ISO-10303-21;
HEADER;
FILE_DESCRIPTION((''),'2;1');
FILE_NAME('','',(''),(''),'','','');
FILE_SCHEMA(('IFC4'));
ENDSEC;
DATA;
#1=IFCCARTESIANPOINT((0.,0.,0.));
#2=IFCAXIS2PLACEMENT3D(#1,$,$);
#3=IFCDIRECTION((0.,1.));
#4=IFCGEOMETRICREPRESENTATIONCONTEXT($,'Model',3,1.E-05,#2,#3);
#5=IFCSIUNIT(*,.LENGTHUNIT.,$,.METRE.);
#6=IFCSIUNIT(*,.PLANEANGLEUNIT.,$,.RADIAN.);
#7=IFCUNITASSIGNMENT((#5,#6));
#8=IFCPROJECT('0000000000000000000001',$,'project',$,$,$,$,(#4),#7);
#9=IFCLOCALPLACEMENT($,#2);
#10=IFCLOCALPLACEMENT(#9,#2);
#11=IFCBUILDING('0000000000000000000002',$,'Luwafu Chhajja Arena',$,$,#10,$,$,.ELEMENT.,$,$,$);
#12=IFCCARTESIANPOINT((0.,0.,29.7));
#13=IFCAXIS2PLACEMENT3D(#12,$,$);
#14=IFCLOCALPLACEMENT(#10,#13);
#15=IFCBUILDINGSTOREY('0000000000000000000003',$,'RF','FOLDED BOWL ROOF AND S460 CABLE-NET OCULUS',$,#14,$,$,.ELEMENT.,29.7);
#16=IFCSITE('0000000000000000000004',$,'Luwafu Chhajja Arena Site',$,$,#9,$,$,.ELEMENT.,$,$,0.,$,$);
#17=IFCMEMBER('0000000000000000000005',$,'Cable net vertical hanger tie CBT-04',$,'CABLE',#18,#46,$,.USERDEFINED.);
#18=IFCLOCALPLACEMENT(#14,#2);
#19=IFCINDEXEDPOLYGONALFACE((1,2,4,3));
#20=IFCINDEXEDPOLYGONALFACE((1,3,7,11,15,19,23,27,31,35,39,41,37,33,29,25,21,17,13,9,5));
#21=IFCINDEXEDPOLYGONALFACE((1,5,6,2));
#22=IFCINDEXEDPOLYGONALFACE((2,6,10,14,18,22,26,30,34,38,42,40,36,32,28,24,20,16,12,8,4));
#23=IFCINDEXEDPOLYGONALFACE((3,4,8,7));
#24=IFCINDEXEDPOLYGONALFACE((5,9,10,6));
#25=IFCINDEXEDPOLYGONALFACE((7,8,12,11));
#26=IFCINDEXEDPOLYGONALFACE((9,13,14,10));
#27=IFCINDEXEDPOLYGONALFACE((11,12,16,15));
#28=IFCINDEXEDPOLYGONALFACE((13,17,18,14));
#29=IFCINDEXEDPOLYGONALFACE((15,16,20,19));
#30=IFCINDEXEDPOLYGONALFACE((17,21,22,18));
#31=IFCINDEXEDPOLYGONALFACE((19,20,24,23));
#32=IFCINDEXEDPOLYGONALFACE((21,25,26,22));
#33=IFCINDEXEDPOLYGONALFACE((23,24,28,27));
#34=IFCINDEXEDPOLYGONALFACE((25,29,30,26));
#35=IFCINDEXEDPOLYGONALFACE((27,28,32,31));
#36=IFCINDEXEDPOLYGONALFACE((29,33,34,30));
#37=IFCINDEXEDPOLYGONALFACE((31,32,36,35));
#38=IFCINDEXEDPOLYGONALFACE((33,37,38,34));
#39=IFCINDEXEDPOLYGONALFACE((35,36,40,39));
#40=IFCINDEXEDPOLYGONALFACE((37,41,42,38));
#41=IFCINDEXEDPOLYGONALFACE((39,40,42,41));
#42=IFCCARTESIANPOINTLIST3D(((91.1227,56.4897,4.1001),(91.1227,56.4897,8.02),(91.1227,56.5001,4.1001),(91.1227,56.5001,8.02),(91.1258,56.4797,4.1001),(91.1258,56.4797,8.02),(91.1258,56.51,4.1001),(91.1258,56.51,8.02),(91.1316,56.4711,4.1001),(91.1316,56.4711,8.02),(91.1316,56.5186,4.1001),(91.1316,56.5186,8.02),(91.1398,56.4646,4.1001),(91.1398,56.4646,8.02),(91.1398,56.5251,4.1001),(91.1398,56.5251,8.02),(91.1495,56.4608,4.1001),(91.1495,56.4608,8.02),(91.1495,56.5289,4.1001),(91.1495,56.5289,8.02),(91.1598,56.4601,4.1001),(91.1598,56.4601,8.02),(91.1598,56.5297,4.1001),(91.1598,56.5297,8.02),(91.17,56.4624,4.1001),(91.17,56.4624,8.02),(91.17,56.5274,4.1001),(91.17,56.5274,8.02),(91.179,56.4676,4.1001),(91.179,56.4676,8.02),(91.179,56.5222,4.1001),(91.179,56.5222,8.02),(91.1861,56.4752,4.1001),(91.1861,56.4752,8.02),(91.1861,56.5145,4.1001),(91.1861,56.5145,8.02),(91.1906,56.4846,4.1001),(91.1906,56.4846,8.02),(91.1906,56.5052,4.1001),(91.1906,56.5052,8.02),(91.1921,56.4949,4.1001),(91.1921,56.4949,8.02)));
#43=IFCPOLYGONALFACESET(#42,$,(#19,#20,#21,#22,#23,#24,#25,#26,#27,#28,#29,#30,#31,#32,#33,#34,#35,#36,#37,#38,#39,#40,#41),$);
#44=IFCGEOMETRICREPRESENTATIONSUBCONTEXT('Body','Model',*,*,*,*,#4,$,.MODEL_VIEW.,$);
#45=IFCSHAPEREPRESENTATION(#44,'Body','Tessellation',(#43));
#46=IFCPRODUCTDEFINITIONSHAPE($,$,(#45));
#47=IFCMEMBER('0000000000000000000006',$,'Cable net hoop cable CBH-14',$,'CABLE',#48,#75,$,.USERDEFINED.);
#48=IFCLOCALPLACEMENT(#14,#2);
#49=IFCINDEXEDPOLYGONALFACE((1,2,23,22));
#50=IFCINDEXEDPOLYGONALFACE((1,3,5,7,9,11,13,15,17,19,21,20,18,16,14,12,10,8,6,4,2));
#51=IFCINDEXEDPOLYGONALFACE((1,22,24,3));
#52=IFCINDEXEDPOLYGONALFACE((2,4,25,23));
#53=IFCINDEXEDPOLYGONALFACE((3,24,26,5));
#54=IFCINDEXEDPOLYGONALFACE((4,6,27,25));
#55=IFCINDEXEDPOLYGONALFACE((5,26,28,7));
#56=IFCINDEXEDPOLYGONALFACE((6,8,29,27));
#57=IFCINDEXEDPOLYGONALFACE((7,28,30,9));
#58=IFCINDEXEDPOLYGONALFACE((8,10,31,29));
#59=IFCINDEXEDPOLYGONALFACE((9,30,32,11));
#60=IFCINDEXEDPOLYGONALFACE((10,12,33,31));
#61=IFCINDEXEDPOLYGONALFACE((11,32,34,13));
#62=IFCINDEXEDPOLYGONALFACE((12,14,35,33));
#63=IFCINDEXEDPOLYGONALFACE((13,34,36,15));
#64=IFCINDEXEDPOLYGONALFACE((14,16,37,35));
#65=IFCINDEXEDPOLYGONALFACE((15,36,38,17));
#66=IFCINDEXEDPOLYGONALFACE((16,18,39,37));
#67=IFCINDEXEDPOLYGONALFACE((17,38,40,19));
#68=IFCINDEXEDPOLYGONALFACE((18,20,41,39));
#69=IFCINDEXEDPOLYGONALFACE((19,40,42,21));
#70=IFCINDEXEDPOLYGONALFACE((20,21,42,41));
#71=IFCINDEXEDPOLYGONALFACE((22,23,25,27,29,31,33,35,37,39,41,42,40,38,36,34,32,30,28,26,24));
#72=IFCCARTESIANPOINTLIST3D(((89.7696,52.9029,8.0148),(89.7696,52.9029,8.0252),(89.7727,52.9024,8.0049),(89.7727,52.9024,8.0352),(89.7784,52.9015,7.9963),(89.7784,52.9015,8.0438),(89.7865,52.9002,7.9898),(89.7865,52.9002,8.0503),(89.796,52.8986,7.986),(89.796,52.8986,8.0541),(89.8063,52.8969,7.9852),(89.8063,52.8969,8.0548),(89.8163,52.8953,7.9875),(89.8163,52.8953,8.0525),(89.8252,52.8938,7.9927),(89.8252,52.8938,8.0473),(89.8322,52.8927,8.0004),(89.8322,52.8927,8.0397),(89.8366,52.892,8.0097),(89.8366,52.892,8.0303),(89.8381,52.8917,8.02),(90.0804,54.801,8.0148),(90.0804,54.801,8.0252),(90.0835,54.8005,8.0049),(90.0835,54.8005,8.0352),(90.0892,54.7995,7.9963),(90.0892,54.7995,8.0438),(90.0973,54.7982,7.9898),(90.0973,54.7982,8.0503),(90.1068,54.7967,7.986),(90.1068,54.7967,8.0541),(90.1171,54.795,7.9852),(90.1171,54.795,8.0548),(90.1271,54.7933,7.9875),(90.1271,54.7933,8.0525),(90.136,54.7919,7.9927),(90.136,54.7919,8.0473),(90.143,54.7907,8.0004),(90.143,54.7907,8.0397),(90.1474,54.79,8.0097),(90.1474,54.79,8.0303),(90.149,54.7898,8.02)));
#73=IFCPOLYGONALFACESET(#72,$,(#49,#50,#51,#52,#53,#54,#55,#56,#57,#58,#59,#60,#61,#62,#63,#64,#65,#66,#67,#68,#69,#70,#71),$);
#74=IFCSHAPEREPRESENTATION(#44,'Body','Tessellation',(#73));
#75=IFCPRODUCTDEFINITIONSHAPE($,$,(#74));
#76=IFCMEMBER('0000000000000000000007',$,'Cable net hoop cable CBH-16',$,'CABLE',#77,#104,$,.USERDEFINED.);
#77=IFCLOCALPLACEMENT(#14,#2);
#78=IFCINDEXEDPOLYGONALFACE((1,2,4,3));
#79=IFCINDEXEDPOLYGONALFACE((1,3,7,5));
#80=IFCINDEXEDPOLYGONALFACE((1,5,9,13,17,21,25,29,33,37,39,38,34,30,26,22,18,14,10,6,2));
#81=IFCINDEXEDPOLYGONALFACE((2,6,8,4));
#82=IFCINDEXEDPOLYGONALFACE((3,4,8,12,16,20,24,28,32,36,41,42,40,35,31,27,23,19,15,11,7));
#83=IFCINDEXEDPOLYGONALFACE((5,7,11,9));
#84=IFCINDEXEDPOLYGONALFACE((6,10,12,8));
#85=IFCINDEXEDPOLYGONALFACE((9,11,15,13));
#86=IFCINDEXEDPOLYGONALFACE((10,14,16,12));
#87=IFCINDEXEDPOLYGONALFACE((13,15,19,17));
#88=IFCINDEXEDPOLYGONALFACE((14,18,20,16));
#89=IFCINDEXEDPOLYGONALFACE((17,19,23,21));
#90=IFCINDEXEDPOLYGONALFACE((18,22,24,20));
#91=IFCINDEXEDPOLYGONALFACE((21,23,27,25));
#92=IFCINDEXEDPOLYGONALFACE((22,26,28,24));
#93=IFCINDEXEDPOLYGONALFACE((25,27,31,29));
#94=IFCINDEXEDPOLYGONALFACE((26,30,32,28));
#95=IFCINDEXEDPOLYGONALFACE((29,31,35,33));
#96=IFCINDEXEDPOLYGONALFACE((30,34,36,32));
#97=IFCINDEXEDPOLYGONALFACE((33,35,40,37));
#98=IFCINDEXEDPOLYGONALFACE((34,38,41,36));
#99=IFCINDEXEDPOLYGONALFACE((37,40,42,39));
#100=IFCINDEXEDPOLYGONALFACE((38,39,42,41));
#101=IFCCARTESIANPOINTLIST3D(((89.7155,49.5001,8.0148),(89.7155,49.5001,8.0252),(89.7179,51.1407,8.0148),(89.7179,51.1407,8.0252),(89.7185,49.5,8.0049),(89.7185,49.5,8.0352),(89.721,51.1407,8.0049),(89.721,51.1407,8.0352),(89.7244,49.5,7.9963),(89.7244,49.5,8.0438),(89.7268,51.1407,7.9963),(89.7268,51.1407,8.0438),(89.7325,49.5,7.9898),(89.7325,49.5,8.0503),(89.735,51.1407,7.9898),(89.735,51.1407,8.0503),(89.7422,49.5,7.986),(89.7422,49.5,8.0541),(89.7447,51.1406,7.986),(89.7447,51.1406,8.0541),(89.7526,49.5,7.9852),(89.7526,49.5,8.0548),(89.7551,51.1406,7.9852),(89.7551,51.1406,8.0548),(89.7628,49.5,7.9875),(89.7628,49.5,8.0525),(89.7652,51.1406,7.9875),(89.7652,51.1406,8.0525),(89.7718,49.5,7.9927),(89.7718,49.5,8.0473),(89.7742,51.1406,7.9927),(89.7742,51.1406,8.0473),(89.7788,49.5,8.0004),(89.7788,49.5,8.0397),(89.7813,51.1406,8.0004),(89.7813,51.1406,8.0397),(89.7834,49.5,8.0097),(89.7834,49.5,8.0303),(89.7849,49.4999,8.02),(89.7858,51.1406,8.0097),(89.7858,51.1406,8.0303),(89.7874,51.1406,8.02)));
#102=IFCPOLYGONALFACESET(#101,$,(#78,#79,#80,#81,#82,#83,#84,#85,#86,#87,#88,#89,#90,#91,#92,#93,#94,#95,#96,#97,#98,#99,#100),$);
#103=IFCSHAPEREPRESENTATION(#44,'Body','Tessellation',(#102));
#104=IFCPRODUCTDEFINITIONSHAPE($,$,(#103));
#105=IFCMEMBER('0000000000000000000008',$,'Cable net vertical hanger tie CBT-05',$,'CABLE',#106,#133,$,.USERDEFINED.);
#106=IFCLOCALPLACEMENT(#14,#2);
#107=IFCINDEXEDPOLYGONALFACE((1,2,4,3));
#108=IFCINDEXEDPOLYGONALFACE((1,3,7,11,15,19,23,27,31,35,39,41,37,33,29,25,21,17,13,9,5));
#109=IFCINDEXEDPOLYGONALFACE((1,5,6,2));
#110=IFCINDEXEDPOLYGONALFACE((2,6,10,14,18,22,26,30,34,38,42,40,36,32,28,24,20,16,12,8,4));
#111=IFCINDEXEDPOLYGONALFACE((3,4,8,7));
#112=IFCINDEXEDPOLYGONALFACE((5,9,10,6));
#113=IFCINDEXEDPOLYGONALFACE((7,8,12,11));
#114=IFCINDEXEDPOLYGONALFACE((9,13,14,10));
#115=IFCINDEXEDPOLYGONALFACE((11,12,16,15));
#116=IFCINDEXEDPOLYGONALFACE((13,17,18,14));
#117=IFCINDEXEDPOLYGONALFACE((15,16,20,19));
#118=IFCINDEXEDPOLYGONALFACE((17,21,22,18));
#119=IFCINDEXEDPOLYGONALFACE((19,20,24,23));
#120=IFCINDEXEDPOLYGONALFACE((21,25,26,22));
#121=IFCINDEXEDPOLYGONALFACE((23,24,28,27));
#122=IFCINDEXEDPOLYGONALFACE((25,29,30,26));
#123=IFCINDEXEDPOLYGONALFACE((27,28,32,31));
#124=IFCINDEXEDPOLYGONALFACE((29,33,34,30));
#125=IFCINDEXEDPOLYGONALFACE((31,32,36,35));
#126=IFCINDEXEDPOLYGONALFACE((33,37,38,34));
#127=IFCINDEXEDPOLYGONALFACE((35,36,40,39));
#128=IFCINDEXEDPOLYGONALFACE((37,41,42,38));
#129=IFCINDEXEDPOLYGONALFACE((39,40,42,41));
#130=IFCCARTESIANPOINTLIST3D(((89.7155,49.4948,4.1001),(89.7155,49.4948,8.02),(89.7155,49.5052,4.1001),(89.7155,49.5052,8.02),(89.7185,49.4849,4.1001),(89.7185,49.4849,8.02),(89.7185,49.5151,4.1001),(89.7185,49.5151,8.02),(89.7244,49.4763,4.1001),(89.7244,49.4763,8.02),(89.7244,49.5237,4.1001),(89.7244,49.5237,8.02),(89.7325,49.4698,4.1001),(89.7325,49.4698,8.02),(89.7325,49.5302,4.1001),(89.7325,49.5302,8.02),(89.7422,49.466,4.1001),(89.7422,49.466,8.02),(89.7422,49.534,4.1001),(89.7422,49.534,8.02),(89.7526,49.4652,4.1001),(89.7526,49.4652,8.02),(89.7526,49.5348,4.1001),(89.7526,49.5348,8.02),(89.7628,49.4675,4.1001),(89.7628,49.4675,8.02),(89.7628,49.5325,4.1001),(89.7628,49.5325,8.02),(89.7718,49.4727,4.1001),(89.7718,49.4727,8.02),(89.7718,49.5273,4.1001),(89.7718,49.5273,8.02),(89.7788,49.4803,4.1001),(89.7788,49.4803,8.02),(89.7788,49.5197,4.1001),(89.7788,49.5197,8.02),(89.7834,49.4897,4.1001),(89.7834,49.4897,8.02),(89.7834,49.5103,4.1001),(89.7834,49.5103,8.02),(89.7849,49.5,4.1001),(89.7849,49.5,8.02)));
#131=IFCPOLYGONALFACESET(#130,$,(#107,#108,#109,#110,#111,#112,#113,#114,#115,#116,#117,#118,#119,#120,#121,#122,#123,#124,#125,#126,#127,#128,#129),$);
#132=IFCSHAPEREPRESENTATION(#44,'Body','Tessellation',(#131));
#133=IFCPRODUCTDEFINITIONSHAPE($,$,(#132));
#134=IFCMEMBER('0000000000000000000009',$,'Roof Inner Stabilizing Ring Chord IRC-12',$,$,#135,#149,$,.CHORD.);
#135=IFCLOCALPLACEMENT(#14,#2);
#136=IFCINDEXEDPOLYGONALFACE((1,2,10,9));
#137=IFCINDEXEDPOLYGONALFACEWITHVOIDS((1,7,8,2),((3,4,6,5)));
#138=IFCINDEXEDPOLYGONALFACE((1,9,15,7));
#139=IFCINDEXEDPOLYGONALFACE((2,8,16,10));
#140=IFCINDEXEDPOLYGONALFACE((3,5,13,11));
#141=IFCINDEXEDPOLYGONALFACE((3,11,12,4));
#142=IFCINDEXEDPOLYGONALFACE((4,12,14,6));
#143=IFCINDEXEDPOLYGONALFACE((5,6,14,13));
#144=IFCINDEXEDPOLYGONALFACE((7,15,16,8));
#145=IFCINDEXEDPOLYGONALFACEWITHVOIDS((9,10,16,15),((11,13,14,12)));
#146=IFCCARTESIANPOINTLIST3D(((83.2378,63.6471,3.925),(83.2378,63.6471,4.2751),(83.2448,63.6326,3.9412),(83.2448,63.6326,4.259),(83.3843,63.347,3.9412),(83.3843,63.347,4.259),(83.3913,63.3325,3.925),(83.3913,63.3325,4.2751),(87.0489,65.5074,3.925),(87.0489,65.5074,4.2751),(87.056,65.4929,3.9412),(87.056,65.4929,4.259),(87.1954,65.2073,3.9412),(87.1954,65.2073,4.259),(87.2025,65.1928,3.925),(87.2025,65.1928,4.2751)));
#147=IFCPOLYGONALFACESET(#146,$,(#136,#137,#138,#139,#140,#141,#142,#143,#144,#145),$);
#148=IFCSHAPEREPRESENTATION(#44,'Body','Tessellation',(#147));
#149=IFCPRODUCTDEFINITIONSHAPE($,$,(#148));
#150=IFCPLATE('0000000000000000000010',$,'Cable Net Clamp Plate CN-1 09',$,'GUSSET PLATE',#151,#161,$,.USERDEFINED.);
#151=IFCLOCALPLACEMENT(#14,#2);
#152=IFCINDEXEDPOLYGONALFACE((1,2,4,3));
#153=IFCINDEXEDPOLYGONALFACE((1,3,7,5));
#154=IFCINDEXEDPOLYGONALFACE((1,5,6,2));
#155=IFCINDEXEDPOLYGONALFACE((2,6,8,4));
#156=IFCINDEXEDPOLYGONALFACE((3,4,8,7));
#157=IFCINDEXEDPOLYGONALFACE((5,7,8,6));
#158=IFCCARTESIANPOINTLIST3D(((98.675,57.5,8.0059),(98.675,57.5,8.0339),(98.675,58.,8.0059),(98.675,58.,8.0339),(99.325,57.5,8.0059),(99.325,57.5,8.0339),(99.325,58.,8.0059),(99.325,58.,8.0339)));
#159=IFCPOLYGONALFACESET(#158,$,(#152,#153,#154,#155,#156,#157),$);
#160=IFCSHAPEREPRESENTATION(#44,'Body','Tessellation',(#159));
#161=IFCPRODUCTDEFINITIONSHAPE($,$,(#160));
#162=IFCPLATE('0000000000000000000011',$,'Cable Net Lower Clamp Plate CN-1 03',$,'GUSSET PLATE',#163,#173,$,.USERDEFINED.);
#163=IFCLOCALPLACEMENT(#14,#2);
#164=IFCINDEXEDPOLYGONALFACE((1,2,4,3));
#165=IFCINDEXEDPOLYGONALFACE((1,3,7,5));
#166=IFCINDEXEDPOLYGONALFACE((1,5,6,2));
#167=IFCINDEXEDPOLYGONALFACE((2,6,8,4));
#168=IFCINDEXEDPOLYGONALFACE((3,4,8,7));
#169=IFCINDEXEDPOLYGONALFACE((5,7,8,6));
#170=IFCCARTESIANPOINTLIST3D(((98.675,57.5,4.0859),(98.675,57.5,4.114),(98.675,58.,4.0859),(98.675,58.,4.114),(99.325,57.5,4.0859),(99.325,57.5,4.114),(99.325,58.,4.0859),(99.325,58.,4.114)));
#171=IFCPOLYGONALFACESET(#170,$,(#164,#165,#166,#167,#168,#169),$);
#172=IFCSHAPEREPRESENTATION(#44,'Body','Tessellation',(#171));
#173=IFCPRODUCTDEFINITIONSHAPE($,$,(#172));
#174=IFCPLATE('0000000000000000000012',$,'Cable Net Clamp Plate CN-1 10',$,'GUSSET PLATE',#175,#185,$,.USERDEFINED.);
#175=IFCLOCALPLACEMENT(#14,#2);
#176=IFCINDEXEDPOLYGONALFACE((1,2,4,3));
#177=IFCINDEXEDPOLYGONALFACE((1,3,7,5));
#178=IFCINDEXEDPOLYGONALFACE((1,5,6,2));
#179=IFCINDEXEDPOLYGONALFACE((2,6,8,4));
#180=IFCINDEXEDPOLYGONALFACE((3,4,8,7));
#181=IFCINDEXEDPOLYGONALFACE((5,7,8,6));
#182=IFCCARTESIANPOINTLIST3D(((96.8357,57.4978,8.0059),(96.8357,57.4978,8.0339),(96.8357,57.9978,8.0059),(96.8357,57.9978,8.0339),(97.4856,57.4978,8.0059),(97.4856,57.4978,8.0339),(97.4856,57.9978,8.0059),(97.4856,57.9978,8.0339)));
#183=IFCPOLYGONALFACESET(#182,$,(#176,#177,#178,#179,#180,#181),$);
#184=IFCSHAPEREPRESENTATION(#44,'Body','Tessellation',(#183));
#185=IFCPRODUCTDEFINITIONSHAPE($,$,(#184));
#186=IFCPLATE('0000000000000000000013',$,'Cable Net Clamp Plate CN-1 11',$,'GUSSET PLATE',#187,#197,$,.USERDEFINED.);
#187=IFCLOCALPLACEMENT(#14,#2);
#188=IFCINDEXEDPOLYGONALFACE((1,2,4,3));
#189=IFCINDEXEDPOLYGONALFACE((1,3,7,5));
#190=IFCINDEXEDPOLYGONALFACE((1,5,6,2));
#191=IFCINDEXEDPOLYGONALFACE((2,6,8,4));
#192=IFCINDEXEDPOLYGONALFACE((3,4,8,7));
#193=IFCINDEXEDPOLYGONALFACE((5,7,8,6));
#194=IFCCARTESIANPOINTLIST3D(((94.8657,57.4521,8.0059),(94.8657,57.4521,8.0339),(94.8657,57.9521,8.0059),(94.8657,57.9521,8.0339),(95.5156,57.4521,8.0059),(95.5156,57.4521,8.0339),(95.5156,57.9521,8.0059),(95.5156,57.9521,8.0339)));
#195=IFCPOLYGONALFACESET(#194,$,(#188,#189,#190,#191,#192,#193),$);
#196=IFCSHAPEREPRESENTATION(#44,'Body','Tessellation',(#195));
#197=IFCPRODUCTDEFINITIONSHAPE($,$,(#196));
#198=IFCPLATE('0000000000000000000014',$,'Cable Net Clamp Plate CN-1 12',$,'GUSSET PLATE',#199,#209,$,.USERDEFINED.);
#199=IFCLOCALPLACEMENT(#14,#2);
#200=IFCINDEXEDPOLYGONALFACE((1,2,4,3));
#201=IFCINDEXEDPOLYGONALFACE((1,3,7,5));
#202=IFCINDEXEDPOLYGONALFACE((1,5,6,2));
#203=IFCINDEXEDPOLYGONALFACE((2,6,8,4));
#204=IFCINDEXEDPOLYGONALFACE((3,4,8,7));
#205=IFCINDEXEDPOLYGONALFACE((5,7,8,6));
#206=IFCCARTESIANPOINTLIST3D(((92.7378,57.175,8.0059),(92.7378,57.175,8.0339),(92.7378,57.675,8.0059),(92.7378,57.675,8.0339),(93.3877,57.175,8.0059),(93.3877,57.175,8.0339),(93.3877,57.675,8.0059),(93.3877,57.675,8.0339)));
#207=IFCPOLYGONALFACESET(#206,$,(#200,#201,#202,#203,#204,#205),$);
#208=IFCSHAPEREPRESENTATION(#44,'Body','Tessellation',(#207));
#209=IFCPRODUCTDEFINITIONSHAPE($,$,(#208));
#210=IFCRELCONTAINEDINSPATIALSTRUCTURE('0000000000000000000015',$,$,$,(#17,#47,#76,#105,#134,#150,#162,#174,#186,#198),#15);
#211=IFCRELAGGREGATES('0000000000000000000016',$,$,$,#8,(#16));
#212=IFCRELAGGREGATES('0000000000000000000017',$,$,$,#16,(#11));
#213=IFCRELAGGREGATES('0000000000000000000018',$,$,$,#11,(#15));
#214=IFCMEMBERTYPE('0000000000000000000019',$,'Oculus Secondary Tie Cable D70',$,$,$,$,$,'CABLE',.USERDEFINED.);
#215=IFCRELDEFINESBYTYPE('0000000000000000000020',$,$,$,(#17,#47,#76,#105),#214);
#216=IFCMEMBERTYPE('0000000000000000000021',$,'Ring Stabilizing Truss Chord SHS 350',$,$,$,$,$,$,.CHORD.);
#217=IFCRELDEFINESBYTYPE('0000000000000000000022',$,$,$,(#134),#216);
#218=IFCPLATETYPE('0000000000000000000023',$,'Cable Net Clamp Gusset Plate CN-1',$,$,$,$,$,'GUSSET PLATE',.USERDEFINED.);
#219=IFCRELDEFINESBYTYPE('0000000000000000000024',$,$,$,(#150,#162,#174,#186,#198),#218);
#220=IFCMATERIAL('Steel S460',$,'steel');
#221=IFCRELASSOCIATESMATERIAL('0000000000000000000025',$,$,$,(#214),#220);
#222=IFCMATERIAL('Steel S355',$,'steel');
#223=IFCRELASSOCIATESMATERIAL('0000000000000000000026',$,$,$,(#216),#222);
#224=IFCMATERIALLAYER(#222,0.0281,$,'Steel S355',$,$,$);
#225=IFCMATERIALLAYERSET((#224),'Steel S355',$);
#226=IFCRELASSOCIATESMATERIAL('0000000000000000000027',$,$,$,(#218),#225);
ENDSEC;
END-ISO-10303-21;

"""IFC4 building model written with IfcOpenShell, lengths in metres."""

from ifc_helpers import new_model, si_unit, direction, frame, origin, origin_2d, place, context, subcontext, project, spatial, rectangle, hollow_rectangle, circle, extrude, material, layer, layer_set, material_profile, profile_set, type_object, element, save


model = new_model("IFC4")

# Units and contexts
model_context = context("Model", 3, precision=1e-05, world=origin(), true_north=direction((0.0, 1.0)))
body_context = subcontext(model_context, "Body", "Model", "MODEL_VIEW")
ifc_project = project(units=[si_unit("LENGTHUNIT", "METRE"), si_unit("PLANEANGLEUNIT", "RADIAN")], contexts=[model_context])

# Site, building, storey
site_placement = place(None, origin())
site = spatial("IfcSite", under=ifc_project, at=site_placement, Name="Luwafu Chhajja Arena Site", CompositionType="ELEMENT", RefElevation=0.0)
building_placement = place(site_placement, origin())
building = spatial("IfcBuilding", under=site, at=building_placement, Name="Luwafu Chhajja Arena", CompositionType="ELEMENT")
storey_placement = place(building_placement, frame((0.0, 0.0, 29.7)))
storey = spatial("IfcBuildingStorey", under=building, at=storey_placement, Name="RF", Description="FOLDED BOWL ROOF AND S460 CABLE-NET OCULUS", CompositionType="ELEMENT", Elevation=29.7)

# Members
ifc_material_1 = material(Name="Steel S355", Category="steel")
ifc_material_2 = material(Name="Steel S460", Category="steel")
ifc_material_profile_1 = material_profile(ifc_material_2, circle(Radius=0.0349, at=origin_2d()), Name="CABLE D70")
ifc_profile_set_1 = profile_set([ifc_material_profile_1], Name="Steel S460")
member_type_1 = type_object("IfcMemberType", Name="Oculus Secondary Tie Cable D70", ElementType="CABLE", PredefinedType="USERDEFINED", material=ifc_profile_set_1)
member_1_placement = place(storey_placement, frame((91.1572, 56.4949, 4.1001), z_axis=(0.0, 0.0, 1.0), x_axis=(1.0, 0.0, 0.0)))
element("IfcMember", 1, at=member_1_placement, inside=storey, type_object=member_type_1, Name="Cable net vertical hanger tie CBT-04", ObjectType="CABLE", PredefinedType="USERDEFINED", context=body_context, shape_type="SweptSolid", body=[
    extrude(circle(Radius=0.0349, at=origin_2d()), origin(), (0.0, 0.0, 1.0), 3.9199),
])
member_2_placement = place(storey_placement, frame((90.1145, 54.7954, 8.02), z_axis=(-0.161599, -0.986857, 0.0), x_axis=(0.986857, -0.161599, 0.0)))
element("IfcMember", 2, at=member_2_placement, inside=storey, type_object=member_type_1, Name="Cable net hoop cable CBH-14", ObjectType="CABLE", PredefinedType="USERDEFINED", context=body_context, shape_type="SweptSolid", body=[
    extrude(circle(Radius=0.0349, at=origin_2d()), origin(), (0.0, 0.0, 1.0), 1.9233),
])
member_3_placement = place(storey_placement, frame((89.7524, 51.1406, 8.02), z_axis=(-0.001488, -0.999999, 0.0), x_axis=(0.999999, -0.001488, 0.0)))
element("IfcMember", 3, at=member_3_placement, inside=storey, type_object=member_type_1, Name="Cable net hoop cable CBH-16", ObjectType="CABLE", PredefinedType="USERDEFINED", context=body_context, shape_type="SweptSolid", body=[
    extrude(circle(Radius=0.0349, at=origin_2d()), origin(), (0.0, 0.0, 1.0), 1.6406),
])
member_4_placement = place(storey_placement, frame((89.75, 49.5, 4.1001), z_axis=(0.0, 0.0, 1.0), x_axis=(1.0, 0.0, 0.0)))
element("IfcMember", 4, at=member_4_placement, inside=storey, type_object=member_type_1, Name="Cable net vertical hanger tie CBT-05", ObjectType="CABLE", PredefinedType="USERDEFINED", context=body_context, shape_type="SweptSolid", body=[
    extrude(circle(Radius=0.0349, at=origin_2d()), origin(), (0.0, 0.0, 1.0), 3.9199),
])
ifc_material_profile_2 = material_profile(ifc_material_1, hollow_rectangle(XDim=0.3501, YDim=0.3501, WallThickness=0.0161, at=origin_2d()), Name="SHS 350x350x16")
ifc_profile_set_2 = profile_set([ifc_material_profile_2], Name="Steel S355")
member_type_2 = type_object("IfcMemberType", Name="Ring Stabilizing Truss Chord SHS 350", PredefinedType="CHORD", material=ifc_profile_set_2)
member_5_placement = place(storey_placement, frame((87.1257, 65.3501, 4.1001), z_axis=(-0.898658, -0.43865, 0.0), x_axis=(0.43865, -0.898658, 0.0)))
element("IfcMember", 5, at=member_5_placement, inside=storey, type_object=member_type_2, Name="Roof Inner Stabilizing Ring Chord IRC-12", PredefinedType="CHORD", context=body_context, shape_type="SweptSolid", body=[
    extrude(hollow_rectangle(XDim=0.3501, YDim=0.3501, WallThickness=0.0161, at=origin_2d()), origin(), (0.0, 0.0, 1.0), 4.241),
])

# Plates
ifc_layer_1 = layer(ifc_material_1, 0.0281, Name="Steel S355")
ifc_layer_set_1 = layer_set([ifc_layer_1], Name="Steel S355")
plate_type_1 = type_object("IfcPlateType", Name="Cable Net Clamp Gusset Plate CN-1", ElementType="GUSSET PLATE", PredefinedType="USERDEFINED", material=ifc_layer_set_1)
for number, where, z_axis, x_axis, name in (
    (6, (99.0, 57.75, 8.0059), (0.0, 0.0, 1.0), (1.0, 0.0, 0.0), "Cable Net Clamp Plate CN-1 09"),
    (7, (99.0, 57.75, 4.0859), (0.0, 0.0, 1.0), (1.0, 0.0, 0.0), "Cable Net Lower Clamp Plate CN-1 03"),
    (8, (97.1606, 57.7478, 8.0059), (0.0, 0.0, 1.0), (1.0, 0.0, 0.0), "Cable Net Clamp Plate CN-1 10"),
    (9, (95.1907, 57.7021, 8.0059), (0.0, 0.0, 1.0), (1.0, 0.0, 0.0), "Cable Net Clamp Plate CN-1 11"),
    (10, (93.0627, 57.425, 8.0059), (0.0, 0.0, 1.0), (1.0, 0.0, 0.0), "Cable Net Clamp Plate CN-1 12"),
):
    element("IfcPlate", number, at=place(storey_placement, frame(where, z_axis=z_axis, x_axis=x_axis)), inside=storey, type_object=plate_type_1, Name=name, ObjectType="GUSSET PLATE", PredefinedType="USERDEFINED", context=body_context, shape_type="SweptSolid", body=[
        extrude(rectangle(XDim=0.6499, YDim=0.5, at=origin_2d()), origin(), (0.0, 0.0, 1.0), 0.0281),
    ])

save(model, "model.ifc")
